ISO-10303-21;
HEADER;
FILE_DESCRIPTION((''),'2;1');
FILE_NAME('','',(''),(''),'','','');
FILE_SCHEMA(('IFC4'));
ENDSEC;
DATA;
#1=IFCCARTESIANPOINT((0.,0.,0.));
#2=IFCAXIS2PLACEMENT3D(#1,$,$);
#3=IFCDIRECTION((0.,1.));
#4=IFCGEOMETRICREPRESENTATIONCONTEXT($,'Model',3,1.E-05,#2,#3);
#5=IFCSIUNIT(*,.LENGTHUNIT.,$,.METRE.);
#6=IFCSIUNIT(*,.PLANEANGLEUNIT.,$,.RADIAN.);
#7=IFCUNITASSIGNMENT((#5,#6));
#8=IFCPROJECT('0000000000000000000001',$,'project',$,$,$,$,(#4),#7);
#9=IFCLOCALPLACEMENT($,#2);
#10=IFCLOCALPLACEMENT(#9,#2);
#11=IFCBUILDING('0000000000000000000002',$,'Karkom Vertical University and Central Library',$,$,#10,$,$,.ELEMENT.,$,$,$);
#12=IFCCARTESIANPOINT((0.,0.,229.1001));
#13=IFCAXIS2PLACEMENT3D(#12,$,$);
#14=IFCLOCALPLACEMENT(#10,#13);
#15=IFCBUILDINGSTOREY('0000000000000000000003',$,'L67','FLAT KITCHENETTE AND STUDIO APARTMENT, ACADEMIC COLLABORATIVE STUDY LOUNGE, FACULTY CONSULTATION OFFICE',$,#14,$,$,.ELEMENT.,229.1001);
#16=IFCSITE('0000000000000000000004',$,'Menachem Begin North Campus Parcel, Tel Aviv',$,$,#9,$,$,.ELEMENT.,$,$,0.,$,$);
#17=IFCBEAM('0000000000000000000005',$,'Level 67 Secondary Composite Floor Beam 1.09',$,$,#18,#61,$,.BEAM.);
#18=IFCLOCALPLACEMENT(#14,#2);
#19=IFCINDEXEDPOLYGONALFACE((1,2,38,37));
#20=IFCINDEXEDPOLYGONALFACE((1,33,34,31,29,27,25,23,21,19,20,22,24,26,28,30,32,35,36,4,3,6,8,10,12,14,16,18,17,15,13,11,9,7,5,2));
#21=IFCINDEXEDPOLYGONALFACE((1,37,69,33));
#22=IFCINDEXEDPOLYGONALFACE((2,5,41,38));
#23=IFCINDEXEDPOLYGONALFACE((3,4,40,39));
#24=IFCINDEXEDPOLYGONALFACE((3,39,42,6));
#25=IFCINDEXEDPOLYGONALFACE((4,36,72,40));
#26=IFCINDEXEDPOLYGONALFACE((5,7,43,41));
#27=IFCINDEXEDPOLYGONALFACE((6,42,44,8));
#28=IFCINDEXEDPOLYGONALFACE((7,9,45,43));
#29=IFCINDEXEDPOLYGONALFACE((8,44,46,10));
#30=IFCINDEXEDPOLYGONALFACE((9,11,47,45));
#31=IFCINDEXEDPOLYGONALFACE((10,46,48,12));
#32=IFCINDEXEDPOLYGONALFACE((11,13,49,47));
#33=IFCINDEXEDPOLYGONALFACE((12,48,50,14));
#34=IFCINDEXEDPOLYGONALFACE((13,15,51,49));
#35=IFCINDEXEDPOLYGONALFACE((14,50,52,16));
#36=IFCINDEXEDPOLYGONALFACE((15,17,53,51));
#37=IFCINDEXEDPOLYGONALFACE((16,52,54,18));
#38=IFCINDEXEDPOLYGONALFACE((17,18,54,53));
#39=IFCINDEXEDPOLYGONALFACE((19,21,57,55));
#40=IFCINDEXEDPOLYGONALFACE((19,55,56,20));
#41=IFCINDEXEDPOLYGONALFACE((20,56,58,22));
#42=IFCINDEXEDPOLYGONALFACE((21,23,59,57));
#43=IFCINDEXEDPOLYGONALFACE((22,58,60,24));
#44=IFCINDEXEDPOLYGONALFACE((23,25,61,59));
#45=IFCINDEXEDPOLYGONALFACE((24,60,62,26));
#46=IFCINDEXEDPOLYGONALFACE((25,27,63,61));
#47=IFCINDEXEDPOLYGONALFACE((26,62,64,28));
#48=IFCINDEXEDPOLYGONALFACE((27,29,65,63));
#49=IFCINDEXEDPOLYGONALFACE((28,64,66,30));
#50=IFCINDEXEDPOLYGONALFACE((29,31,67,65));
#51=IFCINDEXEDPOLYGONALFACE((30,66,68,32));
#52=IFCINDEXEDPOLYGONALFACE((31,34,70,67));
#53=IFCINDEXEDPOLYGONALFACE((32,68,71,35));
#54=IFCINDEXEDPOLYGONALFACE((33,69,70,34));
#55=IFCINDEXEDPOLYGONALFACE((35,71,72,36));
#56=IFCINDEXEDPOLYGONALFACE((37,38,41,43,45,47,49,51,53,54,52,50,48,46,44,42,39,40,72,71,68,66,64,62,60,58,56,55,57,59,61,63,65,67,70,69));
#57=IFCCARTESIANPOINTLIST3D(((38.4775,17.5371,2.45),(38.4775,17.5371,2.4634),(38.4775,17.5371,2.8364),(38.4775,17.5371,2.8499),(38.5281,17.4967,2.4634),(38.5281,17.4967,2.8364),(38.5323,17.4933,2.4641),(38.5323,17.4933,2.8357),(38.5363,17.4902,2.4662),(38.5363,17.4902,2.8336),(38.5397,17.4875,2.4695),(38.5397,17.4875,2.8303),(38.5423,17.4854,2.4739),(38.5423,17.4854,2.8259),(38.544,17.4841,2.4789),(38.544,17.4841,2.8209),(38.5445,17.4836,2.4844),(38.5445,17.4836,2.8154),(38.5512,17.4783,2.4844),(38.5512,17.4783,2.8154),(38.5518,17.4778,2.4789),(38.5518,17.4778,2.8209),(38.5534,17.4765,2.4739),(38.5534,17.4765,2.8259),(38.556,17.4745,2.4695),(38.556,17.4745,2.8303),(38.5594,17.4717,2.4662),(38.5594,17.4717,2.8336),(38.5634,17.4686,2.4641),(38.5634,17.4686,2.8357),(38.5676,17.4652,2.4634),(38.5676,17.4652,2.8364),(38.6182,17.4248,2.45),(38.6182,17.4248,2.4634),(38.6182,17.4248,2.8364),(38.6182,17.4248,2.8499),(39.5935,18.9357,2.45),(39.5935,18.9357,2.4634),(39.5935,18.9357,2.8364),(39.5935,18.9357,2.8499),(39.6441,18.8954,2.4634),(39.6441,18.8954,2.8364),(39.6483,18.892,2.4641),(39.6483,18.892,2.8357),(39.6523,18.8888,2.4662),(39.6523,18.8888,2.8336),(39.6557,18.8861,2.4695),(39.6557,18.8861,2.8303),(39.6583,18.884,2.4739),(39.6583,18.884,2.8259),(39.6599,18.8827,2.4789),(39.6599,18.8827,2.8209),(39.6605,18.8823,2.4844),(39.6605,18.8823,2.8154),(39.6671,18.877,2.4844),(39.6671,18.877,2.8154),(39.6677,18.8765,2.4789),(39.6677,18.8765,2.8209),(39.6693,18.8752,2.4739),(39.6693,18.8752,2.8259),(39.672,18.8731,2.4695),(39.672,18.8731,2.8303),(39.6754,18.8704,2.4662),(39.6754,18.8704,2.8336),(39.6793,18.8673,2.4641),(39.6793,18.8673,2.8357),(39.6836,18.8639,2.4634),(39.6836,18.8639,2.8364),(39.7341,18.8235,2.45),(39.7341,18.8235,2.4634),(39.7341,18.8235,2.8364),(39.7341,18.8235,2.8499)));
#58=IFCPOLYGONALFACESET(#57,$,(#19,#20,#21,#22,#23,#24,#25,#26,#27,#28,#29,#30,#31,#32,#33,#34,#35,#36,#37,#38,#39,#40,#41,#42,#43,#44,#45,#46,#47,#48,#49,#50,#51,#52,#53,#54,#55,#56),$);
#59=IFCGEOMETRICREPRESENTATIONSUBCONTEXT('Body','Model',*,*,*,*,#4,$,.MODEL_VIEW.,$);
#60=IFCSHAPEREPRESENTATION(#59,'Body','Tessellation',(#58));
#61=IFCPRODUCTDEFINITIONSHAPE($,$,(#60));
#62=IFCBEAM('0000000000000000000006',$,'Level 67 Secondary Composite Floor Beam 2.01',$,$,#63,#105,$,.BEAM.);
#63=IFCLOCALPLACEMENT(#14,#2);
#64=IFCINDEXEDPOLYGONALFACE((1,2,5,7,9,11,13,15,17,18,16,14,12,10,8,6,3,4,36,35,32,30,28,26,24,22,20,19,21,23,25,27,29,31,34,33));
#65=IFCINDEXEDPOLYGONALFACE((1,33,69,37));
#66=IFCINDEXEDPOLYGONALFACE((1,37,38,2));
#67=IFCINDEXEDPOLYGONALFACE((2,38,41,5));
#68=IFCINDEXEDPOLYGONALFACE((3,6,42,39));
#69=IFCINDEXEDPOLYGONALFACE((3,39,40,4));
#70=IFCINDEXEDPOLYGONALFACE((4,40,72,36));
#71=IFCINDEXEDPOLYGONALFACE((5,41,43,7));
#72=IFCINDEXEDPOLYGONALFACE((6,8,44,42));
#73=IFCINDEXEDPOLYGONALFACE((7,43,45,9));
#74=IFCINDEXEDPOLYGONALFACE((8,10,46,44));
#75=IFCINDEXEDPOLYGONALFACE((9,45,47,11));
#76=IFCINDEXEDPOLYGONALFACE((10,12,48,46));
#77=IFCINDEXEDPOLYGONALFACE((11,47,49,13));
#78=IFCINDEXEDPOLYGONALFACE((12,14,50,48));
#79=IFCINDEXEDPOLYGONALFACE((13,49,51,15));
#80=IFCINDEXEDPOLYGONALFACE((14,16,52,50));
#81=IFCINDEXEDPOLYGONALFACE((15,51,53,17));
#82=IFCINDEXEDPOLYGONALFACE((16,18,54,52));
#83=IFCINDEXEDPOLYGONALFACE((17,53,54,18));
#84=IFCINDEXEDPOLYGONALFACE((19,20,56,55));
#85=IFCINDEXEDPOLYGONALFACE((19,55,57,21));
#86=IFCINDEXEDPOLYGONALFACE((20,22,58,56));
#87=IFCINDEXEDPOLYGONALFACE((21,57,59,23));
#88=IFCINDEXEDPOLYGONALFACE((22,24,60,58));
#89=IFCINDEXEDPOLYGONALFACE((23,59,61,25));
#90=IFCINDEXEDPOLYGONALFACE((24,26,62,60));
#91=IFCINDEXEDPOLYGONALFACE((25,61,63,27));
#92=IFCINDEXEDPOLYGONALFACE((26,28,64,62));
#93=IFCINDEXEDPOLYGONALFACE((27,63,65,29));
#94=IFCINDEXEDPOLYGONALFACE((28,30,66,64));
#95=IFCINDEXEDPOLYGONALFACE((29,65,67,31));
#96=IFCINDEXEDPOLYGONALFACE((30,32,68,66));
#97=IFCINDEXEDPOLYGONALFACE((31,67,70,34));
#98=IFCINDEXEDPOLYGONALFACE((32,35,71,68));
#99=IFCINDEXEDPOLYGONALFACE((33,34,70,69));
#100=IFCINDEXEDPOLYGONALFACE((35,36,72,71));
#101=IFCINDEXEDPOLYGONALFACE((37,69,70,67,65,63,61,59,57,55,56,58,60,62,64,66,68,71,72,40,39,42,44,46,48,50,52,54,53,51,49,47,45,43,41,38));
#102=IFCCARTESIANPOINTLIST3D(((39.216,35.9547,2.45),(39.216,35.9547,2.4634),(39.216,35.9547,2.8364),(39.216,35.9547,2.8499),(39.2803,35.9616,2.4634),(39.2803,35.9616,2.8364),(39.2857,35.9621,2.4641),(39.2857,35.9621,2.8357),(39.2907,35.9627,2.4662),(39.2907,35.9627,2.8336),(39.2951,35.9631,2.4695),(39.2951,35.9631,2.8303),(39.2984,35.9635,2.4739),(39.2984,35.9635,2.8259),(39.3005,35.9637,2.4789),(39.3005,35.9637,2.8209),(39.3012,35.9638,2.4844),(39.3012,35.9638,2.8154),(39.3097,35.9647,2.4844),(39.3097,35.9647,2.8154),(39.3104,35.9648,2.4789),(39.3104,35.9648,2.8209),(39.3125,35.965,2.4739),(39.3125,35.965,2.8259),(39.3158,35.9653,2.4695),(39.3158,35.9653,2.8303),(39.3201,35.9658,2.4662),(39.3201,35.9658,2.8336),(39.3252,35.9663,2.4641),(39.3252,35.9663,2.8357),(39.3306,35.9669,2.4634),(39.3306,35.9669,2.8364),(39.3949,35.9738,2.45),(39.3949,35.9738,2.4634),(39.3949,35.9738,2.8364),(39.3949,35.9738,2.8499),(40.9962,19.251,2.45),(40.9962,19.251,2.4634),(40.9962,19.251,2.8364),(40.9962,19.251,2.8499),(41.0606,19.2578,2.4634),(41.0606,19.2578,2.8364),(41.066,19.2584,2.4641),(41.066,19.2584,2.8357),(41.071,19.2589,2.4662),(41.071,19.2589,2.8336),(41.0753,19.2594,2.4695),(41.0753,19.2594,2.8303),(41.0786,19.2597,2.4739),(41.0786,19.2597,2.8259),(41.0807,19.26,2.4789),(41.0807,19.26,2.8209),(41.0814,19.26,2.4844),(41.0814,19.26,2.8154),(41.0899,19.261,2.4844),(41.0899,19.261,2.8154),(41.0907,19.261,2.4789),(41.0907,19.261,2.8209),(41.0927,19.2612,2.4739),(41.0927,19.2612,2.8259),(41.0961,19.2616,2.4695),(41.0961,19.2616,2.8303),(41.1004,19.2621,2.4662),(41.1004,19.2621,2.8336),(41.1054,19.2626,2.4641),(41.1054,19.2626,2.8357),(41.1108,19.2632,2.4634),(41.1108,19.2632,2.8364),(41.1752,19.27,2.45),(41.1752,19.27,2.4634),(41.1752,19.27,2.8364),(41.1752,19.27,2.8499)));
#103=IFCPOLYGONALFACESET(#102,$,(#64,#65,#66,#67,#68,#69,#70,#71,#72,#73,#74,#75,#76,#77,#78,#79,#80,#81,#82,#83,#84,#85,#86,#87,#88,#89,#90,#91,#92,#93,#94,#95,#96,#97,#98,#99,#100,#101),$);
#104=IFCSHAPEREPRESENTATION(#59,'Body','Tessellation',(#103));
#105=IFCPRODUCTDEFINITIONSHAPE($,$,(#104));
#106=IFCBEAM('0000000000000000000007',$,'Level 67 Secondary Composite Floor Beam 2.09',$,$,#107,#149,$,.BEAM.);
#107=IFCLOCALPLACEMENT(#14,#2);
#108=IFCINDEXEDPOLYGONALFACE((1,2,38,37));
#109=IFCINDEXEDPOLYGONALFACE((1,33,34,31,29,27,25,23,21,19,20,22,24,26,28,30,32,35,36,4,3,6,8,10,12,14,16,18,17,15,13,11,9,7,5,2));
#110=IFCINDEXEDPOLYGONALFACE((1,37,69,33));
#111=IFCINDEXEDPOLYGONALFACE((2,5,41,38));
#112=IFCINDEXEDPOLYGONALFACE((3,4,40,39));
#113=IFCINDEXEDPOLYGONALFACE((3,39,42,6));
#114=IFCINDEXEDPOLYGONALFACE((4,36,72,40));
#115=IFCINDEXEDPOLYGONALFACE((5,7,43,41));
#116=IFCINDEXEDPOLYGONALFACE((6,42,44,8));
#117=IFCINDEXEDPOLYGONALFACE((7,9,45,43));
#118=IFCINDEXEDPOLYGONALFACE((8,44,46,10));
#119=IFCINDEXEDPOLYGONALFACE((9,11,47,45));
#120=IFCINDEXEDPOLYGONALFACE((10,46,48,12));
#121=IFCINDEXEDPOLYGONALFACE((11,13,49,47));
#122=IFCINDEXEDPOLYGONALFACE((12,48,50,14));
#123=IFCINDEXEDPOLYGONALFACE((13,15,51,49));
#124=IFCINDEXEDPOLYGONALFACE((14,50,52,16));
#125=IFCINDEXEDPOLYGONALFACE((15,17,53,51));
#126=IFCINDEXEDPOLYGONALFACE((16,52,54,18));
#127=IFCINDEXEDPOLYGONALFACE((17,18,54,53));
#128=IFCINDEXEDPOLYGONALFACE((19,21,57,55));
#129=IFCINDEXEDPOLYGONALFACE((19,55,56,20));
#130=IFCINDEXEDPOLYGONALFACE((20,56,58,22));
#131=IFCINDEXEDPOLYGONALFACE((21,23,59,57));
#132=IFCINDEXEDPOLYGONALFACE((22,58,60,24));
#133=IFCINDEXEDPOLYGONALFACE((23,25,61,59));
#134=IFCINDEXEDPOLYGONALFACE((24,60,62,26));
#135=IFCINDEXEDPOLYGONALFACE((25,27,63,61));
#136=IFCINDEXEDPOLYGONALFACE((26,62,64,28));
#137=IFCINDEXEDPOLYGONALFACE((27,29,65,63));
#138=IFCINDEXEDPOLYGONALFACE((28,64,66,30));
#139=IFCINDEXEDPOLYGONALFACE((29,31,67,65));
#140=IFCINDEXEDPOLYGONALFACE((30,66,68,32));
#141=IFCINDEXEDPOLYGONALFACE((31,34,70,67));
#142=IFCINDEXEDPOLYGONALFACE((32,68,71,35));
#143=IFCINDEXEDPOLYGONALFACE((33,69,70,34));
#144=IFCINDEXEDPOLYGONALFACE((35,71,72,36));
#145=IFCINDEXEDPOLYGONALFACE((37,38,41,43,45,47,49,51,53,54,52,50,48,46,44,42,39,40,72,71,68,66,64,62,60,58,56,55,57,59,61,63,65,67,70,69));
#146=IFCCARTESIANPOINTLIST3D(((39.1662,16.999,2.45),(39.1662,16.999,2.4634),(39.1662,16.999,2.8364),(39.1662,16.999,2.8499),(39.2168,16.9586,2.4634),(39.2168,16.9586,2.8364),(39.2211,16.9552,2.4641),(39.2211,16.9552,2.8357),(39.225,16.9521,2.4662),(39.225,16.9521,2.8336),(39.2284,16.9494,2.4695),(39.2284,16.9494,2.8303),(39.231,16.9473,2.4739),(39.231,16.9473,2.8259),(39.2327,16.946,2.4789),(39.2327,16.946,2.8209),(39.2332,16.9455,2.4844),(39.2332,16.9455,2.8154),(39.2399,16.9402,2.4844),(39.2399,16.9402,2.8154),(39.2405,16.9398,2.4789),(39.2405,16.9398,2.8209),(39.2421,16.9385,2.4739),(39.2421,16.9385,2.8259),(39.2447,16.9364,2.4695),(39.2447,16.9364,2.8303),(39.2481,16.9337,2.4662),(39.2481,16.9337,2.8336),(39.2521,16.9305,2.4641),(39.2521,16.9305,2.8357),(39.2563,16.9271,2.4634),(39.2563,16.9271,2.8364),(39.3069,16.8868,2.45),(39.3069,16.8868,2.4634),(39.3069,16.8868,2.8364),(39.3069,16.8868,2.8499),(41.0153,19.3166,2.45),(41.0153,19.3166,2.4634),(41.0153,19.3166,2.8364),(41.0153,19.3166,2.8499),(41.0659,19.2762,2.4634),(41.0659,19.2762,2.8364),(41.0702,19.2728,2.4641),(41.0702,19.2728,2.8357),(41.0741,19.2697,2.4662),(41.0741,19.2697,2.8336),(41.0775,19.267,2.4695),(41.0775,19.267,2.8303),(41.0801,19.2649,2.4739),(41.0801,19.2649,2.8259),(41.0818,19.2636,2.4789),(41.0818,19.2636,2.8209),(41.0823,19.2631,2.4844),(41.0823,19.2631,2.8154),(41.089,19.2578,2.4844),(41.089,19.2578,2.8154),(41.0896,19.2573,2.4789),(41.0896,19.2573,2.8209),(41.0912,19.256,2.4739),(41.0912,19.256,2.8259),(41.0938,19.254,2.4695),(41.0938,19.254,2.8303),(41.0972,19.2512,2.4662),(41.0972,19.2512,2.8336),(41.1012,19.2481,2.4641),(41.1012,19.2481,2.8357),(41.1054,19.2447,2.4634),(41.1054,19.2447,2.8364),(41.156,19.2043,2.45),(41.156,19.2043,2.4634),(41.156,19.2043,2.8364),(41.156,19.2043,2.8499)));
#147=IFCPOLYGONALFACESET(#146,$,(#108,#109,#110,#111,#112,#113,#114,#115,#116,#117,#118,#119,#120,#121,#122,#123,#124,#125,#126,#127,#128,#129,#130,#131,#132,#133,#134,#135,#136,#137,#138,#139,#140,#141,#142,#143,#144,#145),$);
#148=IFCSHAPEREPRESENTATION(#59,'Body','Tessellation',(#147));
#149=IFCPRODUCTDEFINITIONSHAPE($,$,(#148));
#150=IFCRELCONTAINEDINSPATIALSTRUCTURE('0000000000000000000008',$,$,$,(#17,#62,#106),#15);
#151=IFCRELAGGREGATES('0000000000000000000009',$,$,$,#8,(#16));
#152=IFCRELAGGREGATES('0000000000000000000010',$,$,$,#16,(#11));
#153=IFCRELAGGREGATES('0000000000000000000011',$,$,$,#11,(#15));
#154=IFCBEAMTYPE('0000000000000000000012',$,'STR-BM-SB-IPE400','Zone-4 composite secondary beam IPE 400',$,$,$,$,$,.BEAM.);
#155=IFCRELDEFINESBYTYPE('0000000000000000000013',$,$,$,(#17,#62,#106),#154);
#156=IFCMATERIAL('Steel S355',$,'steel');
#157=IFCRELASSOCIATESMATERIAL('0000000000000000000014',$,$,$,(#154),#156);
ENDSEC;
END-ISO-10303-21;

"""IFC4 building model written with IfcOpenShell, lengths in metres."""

from ifc_helpers import new_model, si_unit, direction, frame, origin, origin_with_axes, origin_2d, place, context, subcontext, project, spatial, i_section, extrude, source, transform, mapped, material, material_profile, profile_set, type_object, element, save


model = new_model("IFC4")

# Units and contexts
model_context = context("Model", 3, precision=1e-05, world=origin(), true_north=direction((0.0, 1.0)))
body_context = subcontext(model_context, "Body", "Model", "MODEL_VIEW")
ifc_project = project(units=[si_unit("LENGTHUNIT", "METRE"), si_unit("PLANEANGLEUNIT", "RADIAN")], contexts=[model_context])

# Site, building, storey
site_placement = place(None, origin())
site = spatial("IfcSite", under=ifc_project, at=site_placement, Name="Menachem Begin North Campus Parcel, Tel Aviv", CompositionType="ELEMENT", RefElevation=0.0)
building_placement = place(site_placement, origin())
building = spatial("IfcBuilding", under=site, at=building_placement, Name="Karkom Vertical University and Central Library", CompositionType="ELEMENT")
storey_placement = place(building_placement, frame((0.0, 0.0, 229.1001)))
storey = spatial("IfcBuildingStorey", under=building, at=storey_placement, Name="L67", Description="FLAT KITCHENETTE AND STUDIO APARTMENT, ACADEMIC COLLABORATIVE STUDY LOUNGE, FACULTY CONSULTATION OFFICE", CompositionType="ELEMENT", Elevation=229.1001)

# Beams
ifc_material_1 = material(Name="Steel S355", Category="steel")
ifc_material_profile_1 = material_profile(ifc_material_1, i_section(OverallWidth=0.1799, OverallDepth=0.3999, WebThickness=0.0085, FlangeThickness=0.0134, FilletRadius=0.021, at=origin_2d()), Name="IPE 400")
ifc_profile_set_1 = profile_set([ifc_material_profile_1], Name="Steel S355")
beam_type_1 = type_object("IfcBeamType", Name="STR-BM-SB-IPE400", Description="Zone-4 composite secondary beam IPE 400", PredefinedType="BEAM", material=ifc_profile_set_1)
shared_shape_1 = source(origin_with_axes(), body_context, "Body", "SweptSolid", [
    extrude(i_section(OverallWidth=0.1799, OverallDepth=0.3999, WebThickness=0.0085, FlangeThickness=0.0134, FilletRadius=0.021, at=origin_2d()), origin(), (0.0, 0.0, 1.0), 1.7893),
])
beam_1_placement = place(storey_placement, frame((38.5479, 17.481, 2.6499), z_axis=(0.62368, 0.78168, 0.0), x_axis=(-0.78168, 0.62368, 0.0)))
element("IfcBeam", 1, at=beam_1_placement, inside=storey, type_object=beam_type_1, Name="Level 67 Secondary Composite Floor Beam 1.09", PredefinedType="BEAM", context=body_context, shape_type="MappedRepresentation", body=[
    mapped(shared_shape_1, transform((0.0, 0.0, 0.0), scale=1.0)),
])
shared_shape_2 = source(origin_with_axes(), body_context, "Body", "SweptSolid", [
    extrude(i_section(OverallWidth=0.1799, OverallDepth=0.3999, WebThickness=0.0085, FlangeThickness=0.0134, FilletRadius=0.021, at=origin_2d()), origin(), (0.0, 0.0, 1.0), 16.7983),
])
beam_2_placement = place(storey_placement, frame((41.0857, 19.2605, 2.6499), z_axis=(-0.105978, 0.994368, 0.0), x_axis=(-0.994368, -0.105978, 0.0)))
element("IfcBeam", 2, at=beam_2_placement, inside=storey, type_object=beam_type_1, Name="Level 67 Secondary Composite Floor Beam 2.01", PredefinedType="BEAM", context=body_context, shape_type="MappedRepresentation", body=[
    mapped(shared_shape_2, transform((0.0, 0.0, 0.0), scale=1.0)),
])
shared_shape_3 = source(origin_with_axes(), body_context, "Body", "SweptSolid", [
    extrude(i_section(OverallWidth=0.1799, OverallDepth=0.3999, WebThickness=0.0085, FlangeThickness=0.0134, FilletRadius=0.021, at=origin_2d()), origin(), (0.0, 0.0, 1.0), 2.9648),
])
beam_3_placement = place(storey_placement, frame((39.2366, 16.9429, 2.6499), z_axis=(0.62367, 0.781688, 0.0), x_axis=(-0.781688, 0.62367, 0.0)))
element("IfcBeam", 3, at=beam_3_placement, inside=storey, type_object=beam_type_1, Name="Level 67 Secondary Composite Floor Beam 2.09", PredefinedType="BEAM", context=body_context, shape_type="MappedRepresentation", body=[
    mapped(shared_shape_3, transform((0.0, 0.0, 0.0), scale=1.0)),
])

save(model, "model.ifc")
